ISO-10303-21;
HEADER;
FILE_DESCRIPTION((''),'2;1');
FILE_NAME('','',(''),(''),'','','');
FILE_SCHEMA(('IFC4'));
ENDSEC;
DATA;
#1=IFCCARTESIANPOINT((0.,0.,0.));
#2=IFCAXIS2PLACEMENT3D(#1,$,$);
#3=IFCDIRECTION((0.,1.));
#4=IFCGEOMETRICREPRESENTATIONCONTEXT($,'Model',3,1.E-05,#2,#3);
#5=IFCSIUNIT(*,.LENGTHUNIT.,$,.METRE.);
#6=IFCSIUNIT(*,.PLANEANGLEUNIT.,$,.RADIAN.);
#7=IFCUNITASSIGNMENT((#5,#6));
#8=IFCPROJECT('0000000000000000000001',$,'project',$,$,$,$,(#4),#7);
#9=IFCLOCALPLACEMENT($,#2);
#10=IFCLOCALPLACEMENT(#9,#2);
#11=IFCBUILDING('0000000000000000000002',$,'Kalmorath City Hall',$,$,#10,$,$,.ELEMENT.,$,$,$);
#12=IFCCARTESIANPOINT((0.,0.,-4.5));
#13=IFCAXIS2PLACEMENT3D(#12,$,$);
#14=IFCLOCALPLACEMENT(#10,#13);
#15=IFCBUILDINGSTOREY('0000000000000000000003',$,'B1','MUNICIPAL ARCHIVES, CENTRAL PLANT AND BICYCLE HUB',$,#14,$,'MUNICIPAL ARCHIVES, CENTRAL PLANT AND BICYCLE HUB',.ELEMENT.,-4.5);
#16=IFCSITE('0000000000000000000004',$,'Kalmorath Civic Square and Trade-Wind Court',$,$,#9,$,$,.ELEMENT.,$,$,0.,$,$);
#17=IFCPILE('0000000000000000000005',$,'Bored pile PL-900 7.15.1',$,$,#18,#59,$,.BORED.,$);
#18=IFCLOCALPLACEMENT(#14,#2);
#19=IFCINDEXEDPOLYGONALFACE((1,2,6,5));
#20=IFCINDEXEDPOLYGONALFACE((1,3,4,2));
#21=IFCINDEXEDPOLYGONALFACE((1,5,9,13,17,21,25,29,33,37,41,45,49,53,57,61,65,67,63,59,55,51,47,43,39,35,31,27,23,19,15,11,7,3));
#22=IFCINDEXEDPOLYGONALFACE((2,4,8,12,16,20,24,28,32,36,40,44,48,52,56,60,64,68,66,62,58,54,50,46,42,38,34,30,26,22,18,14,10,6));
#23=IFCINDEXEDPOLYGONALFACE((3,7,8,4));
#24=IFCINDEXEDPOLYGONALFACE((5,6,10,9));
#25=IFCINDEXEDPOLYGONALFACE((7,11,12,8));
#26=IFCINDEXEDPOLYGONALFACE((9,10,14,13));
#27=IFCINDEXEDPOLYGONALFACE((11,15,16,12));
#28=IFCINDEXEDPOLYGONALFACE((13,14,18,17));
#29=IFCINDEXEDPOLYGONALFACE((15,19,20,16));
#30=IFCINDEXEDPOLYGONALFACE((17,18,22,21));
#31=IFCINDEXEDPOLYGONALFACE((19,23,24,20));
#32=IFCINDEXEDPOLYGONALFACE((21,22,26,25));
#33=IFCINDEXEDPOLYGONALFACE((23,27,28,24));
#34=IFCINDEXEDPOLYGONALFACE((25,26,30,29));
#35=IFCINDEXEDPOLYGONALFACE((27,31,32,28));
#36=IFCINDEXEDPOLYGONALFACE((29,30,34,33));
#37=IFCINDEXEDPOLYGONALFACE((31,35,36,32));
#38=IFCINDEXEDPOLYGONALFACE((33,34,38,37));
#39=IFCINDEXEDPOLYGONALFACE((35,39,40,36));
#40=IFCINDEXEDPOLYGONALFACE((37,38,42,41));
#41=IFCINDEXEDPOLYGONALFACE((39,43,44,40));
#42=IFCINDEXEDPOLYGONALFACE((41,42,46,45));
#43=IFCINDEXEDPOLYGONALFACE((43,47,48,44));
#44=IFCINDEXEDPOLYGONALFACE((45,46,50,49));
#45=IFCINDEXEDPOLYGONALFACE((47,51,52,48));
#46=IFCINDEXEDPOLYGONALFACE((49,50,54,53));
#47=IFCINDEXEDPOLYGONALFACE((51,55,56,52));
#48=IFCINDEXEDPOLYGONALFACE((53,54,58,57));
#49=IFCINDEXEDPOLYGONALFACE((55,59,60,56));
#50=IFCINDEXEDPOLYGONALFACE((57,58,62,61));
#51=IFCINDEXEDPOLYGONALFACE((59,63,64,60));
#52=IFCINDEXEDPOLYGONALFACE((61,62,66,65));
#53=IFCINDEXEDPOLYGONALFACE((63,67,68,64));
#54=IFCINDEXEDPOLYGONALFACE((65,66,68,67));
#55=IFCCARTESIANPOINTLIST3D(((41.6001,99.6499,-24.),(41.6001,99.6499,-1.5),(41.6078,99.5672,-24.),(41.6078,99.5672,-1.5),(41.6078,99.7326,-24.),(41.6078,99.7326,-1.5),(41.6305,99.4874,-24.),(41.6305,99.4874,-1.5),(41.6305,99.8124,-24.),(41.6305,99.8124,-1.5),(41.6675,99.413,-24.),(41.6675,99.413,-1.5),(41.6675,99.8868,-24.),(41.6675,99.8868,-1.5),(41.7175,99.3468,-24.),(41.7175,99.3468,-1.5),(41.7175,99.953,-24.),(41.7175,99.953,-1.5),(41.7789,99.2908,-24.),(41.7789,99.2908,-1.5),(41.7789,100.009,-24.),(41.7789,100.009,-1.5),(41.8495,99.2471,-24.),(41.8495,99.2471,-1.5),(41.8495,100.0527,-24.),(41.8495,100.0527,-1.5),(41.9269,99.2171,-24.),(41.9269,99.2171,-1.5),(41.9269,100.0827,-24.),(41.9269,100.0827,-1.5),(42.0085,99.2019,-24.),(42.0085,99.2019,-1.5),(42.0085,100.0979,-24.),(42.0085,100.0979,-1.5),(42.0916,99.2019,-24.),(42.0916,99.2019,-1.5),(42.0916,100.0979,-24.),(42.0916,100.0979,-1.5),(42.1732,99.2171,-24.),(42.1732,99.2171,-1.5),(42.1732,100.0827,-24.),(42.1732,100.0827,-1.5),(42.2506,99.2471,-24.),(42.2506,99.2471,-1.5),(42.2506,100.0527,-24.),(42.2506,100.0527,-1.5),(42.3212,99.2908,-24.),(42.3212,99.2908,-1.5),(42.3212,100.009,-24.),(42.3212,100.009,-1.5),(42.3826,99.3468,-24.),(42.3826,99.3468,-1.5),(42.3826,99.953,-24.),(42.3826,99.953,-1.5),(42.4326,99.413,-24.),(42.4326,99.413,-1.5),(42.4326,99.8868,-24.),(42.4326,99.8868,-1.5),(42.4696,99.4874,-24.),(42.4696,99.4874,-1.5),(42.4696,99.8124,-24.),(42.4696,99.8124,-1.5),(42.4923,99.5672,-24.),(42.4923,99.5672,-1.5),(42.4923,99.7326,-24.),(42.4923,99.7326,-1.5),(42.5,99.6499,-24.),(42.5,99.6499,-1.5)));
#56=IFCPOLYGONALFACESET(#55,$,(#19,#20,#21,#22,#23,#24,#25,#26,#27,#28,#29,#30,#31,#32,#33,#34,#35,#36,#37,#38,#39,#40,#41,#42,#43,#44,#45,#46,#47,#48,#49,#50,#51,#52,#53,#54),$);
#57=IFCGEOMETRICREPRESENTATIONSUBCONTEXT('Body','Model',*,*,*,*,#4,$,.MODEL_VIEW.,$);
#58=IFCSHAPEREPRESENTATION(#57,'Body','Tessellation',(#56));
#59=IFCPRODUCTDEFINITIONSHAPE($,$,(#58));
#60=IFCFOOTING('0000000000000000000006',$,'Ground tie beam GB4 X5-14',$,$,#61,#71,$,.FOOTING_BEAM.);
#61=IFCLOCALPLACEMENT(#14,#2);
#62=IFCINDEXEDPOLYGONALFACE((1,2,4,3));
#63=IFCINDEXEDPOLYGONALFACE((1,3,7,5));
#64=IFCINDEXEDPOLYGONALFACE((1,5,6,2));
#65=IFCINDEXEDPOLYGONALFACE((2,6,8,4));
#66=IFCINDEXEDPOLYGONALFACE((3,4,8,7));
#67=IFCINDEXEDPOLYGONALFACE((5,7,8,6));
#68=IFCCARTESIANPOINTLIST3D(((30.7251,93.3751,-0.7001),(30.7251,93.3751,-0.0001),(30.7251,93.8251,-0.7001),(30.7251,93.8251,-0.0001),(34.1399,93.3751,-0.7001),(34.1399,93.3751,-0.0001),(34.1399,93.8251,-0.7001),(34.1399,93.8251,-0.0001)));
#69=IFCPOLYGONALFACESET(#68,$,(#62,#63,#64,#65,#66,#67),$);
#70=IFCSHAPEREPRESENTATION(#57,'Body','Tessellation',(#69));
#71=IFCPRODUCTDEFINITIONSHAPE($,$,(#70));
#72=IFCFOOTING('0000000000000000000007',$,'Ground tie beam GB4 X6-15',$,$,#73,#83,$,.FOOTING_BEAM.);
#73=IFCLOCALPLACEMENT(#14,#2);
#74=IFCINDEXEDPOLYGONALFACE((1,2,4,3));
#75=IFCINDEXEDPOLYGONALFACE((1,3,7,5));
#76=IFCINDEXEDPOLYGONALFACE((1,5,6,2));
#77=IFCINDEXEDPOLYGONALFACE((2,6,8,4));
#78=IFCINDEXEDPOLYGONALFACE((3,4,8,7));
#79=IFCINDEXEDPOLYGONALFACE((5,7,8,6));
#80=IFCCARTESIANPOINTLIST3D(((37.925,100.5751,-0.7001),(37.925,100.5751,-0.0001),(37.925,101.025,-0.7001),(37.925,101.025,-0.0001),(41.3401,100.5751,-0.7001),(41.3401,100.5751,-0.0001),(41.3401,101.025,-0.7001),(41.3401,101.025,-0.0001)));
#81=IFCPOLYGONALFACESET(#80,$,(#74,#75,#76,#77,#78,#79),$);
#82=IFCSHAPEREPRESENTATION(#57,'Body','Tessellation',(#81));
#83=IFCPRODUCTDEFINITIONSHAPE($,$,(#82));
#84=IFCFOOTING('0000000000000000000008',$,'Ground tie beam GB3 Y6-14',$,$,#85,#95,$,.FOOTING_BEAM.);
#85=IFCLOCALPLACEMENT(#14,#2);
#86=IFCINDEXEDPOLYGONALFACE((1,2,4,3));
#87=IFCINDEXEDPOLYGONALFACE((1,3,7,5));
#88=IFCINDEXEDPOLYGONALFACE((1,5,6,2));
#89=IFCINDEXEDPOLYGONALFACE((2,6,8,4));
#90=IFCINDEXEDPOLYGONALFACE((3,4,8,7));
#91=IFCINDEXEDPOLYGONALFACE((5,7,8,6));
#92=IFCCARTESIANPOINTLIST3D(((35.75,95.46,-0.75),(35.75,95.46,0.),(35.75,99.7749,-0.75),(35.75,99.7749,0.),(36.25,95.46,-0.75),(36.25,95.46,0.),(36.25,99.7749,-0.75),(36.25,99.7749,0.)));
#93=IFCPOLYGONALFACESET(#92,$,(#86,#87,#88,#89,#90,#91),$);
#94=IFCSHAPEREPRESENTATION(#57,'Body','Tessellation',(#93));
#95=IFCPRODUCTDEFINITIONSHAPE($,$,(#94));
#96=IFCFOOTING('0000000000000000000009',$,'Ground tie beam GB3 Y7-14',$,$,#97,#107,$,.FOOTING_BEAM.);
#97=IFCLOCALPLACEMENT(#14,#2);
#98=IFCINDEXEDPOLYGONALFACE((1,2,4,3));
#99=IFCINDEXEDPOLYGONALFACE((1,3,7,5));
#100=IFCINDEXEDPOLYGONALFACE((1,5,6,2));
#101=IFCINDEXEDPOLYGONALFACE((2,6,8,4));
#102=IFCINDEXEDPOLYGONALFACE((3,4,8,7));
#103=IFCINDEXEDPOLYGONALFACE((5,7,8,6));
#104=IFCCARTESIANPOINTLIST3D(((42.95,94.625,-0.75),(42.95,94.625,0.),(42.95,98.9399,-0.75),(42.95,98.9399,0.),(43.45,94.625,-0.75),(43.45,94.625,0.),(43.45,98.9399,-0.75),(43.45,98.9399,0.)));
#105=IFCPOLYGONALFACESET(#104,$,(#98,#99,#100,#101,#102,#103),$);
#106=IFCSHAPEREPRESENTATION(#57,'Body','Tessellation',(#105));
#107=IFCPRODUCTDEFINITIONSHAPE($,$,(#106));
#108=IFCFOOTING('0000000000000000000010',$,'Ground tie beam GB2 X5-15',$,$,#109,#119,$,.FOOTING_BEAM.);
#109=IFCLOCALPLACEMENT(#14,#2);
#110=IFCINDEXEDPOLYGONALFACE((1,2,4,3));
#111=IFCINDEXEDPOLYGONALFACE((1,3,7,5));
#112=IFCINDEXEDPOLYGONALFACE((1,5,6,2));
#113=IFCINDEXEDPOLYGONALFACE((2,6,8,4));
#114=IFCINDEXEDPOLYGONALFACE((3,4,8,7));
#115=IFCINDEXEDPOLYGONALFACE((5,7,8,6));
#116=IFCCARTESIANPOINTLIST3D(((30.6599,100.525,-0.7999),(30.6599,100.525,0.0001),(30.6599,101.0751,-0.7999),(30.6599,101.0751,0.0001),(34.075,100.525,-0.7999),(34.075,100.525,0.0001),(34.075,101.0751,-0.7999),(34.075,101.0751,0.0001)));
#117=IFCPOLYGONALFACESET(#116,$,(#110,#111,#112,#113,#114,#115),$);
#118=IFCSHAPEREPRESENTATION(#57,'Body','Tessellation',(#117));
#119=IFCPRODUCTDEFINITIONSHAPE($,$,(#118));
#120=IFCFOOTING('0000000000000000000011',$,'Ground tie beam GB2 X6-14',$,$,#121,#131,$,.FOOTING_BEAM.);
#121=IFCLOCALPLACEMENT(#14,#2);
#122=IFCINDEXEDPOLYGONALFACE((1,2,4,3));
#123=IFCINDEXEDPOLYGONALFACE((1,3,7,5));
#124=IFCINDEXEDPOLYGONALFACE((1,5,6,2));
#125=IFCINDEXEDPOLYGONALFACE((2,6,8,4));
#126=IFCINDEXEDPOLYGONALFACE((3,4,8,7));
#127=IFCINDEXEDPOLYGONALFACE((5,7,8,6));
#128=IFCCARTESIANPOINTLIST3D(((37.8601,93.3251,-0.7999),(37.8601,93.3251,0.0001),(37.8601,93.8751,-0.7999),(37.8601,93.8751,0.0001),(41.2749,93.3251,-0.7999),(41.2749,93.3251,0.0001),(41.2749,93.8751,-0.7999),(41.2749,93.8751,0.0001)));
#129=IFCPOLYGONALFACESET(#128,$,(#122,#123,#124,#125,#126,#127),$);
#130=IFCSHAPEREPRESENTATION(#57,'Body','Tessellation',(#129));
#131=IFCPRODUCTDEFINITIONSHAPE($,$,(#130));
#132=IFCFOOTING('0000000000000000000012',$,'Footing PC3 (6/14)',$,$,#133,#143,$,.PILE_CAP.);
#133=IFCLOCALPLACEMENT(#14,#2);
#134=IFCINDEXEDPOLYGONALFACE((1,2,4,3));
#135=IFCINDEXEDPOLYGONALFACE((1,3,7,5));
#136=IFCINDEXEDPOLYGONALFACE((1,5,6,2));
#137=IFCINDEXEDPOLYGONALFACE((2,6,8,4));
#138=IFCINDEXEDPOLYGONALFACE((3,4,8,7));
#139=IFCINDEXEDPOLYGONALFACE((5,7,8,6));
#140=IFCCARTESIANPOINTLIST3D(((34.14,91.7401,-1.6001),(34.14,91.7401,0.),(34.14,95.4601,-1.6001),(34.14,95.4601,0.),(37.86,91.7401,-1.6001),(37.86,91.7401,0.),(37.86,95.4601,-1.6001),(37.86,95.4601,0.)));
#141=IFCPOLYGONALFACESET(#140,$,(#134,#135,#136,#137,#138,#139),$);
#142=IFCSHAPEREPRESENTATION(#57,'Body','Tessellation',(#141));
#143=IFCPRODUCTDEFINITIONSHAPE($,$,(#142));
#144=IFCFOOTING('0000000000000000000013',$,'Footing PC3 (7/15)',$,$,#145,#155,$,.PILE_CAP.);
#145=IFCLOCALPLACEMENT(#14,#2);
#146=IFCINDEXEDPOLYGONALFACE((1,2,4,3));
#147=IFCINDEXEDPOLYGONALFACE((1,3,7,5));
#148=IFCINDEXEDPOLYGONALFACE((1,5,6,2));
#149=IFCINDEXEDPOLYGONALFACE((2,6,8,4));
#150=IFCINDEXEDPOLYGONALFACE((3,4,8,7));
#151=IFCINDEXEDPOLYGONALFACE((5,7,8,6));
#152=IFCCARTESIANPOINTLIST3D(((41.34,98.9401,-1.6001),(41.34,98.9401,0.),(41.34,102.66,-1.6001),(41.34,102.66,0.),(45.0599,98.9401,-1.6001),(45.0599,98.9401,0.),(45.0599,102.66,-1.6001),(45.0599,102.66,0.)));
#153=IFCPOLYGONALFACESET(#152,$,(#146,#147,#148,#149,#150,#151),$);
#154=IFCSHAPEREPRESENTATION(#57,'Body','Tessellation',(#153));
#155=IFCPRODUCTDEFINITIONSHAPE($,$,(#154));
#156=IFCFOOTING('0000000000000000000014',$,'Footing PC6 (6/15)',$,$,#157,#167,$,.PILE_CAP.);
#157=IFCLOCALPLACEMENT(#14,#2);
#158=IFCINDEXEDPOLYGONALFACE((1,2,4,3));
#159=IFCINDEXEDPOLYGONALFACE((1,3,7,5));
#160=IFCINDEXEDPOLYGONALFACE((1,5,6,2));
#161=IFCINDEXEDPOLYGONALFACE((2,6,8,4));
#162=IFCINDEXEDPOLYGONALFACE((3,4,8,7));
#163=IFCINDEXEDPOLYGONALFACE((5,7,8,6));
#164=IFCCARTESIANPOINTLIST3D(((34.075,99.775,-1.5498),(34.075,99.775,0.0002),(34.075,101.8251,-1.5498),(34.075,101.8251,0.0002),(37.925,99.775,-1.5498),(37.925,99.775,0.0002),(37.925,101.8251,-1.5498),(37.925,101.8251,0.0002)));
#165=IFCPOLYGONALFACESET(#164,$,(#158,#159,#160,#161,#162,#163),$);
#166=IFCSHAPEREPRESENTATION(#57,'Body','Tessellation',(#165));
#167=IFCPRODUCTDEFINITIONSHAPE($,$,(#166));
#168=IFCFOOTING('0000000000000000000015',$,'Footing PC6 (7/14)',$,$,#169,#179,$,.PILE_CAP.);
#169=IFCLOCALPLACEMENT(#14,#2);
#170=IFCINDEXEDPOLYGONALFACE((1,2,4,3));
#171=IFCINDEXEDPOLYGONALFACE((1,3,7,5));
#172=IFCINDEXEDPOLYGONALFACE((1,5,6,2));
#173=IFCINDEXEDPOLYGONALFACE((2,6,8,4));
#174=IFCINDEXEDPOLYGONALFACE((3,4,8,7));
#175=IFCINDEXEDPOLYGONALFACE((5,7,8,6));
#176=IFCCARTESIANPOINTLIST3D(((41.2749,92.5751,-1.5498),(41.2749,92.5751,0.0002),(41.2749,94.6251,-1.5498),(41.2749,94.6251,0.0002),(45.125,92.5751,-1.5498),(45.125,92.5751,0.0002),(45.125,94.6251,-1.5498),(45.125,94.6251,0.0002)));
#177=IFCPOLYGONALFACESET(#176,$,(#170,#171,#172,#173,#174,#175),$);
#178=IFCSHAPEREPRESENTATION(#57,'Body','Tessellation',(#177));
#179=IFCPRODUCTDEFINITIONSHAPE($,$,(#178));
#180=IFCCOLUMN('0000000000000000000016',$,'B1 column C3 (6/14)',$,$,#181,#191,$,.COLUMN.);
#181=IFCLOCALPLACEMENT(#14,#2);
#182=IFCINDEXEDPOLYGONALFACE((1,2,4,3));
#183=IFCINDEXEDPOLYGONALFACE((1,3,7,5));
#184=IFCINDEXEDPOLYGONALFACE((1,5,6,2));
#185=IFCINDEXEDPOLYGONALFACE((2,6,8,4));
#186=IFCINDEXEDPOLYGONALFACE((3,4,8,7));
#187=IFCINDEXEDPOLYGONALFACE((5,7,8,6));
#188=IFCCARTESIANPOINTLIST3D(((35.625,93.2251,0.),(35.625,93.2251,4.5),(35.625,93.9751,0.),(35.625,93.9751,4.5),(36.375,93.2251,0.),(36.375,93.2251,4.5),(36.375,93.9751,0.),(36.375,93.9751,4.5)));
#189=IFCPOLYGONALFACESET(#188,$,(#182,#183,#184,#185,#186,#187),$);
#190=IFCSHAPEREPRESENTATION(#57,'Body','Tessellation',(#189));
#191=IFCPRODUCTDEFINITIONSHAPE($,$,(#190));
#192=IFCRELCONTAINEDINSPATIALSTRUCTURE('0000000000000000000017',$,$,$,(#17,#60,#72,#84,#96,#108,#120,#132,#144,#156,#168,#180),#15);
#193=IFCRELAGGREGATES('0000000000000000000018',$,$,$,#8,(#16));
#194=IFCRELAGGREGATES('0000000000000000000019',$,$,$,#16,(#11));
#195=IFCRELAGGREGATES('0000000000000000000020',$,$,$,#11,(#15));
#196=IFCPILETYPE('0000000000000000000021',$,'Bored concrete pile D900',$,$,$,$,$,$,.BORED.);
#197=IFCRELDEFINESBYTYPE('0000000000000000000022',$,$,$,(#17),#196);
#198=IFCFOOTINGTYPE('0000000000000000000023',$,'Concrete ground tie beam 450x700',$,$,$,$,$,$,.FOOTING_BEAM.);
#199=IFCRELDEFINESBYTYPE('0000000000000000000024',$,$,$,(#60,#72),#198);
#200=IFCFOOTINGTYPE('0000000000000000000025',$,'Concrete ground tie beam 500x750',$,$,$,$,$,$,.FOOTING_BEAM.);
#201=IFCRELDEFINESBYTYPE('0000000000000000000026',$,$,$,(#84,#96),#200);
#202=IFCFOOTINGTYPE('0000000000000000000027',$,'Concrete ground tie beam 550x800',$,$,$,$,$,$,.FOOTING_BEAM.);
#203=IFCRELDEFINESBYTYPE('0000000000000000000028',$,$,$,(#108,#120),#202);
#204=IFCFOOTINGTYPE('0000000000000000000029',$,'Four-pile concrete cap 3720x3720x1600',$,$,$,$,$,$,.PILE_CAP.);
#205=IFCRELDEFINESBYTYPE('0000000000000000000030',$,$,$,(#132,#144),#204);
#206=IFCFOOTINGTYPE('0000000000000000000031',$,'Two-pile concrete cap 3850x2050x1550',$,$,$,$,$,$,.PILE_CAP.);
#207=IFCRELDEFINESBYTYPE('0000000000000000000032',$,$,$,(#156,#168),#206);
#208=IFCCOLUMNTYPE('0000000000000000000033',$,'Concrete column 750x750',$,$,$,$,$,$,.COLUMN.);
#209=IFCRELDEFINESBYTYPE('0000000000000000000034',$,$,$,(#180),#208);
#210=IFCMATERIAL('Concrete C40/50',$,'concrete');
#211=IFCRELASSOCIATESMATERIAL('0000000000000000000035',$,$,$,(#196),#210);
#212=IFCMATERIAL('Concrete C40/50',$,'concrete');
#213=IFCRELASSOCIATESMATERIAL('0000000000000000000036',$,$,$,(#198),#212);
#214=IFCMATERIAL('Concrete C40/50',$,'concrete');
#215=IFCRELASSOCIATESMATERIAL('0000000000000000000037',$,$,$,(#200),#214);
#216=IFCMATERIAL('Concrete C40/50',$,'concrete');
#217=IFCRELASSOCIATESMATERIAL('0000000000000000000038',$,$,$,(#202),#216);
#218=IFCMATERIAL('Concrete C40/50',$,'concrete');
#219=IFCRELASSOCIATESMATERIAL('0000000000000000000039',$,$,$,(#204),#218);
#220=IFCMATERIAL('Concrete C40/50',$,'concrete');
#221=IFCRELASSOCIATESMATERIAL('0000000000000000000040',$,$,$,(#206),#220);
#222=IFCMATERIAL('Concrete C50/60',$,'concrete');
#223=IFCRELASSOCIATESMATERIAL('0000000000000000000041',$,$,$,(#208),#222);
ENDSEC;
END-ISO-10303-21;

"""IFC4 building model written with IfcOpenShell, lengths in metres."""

from ifc_helpers import new_model, si_unit, direction, frame, origin, origin_2d, place, context, subcontext, project, spatial, rectangle, circle, extrude, material, material_profile, profile_set, type_object, element, save


model = new_model("IFC4")

# Units and contexts
model_context = context("Model", 3, precision=1e-05, world=origin(), true_north=direction((0.0, 1.0)))
body_context = subcontext(model_context, "Body", "Model", "MODEL_VIEW")
ifc_project = project(units=[si_unit("LENGTHUNIT", "METRE"), si_unit("PLANEANGLEUNIT", "RADIAN")], contexts=[model_context])

# Site, building, storey
site_placement = place(None, origin())
site = spatial("IfcSite", under=ifc_project, at=site_placement, Name="Kalmorath Civic Square and Trade-Wind Court", CompositionType="ELEMENT", RefElevation=0.0)
building_placement = place(site_placement, origin())
building = spatial("IfcBuilding", under=site, at=building_placement, Name="Kalmorath City Hall", CompositionType="ELEMENT")
storey_placement = place(building_placement, frame((0.0, 0.0, -4.5)))
storey = spatial("IfcBuildingStorey", under=building, at=storey_placement, Name="B1", Description="MUNICIPAL ARCHIVES, CENTRAL PLANT AND BICYCLE HUB", LongName="MUNICIPAL ARCHIVES, CENTRAL PLANT AND BICYCLE HUB", CompositionType="ELEMENT", Elevation=-4.5)

# Pile
ifc_material_1 = material(Name="Concrete C40/50", Category="concrete")
ifc_material_profile_1 = material_profile(ifc_material_1, circle(Radius=0.45, at=origin_2d()), Name="PILE-D900")
ifc_profile_set_1 = profile_set([ifc_material_profile_1], Name="Concrete C40/50")
pile_type = type_object("IfcPileType", Name="Bored concrete pile D900", PredefinedType="BORED", material=ifc_profile_set_1)
pile_1_placement = place(storey_placement, frame((42.05, 99.6499, -1.5), z_axis=(0.0, 0.0, -1.0), x_axis=(1.0, 0.0, 0.0)))
element("IfcPile", 1, at=pile_1_placement, inside=storey, type_object=pile_type, Name="Bored pile PL-900 7.15.1", PredefinedType="BORED", context=body_context, shape_type="SweptSolid", body=[
    extrude(circle(Radius=0.45, at=origin_2d()), origin(), (0.0, 0.0, 1.0), 22.5),
])

# Footings
ifc_material_2 = material(Name="Concrete C40/50", Category="concrete")
ifc_material_profile_2 = material_profile(ifc_material_2, rectangle(XDim=0.45, YDim=0.7, at=origin_2d()), Name="RC-BM-450X700")
ifc_profile_set_2 = profile_set([ifc_material_profile_2], Name="Concrete C40/50")
footing_type_1 = type_object("IfcFootingType", Name="Concrete ground tie beam 450x700", PredefinedType="FOOTING_BEAM", material=ifc_profile_set_2)
footing_1_placement = place(storey_placement, frame((30.7251, 93.6001, -0.3501), z_axis=(1.0, 0.0, 0.0), x_axis=(0.0, 1.0, 0.0)))
element("IfcFooting", 2, at=footing_1_placement, inside=storey, type_object=footing_type_1, Name="Ground tie beam GB4 X5-14", PredefinedType="FOOTING_BEAM", context=body_context, shape_type="SweptSolid", body=[
    extrude(rectangle(XDim=0.45, YDim=0.7, at=origin_2d()), origin(), (0.0, 0.0, 1.0), 3.4148),
])
footing_2_placement = place(storey_placement, frame((37.925, 100.8, -0.3501), z_axis=(1.0, 0.0, 0.0), x_axis=(0.0, 1.0, 0.0)))
element("IfcFooting", 3, at=footing_2_placement, inside=storey, type_object=footing_type_1, Name="Ground tie beam GB4 X6-15", PredefinedType="FOOTING_BEAM", context=body_context, shape_type="SweptSolid", body=[
    extrude(rectangle(XDim=0.45, YDim=0.7, at=origin_2d()), origin(), (0.0, 0.0, 1.0), 3.415),
])
ifc_material_3 = material(Name="Concrete C40/50", Category="concrete")
ifc_material_profile_3 = material_profile(ifc_material_3, rectangle(XDim=0.5, YDim=0.75, at=origin_2d()), Name="RC-BM-500X750")
ifc_profile_set_3 = profile_set([ifc_material_profile_3], Name="Concrete C40/50")
footing_type_2 = type_object("IfcFootingType", Name="Concrete ground tie beam 500x750", PredefinedType="FOOTING_BEAM", material=ifc_profile_set_3)
for number, where, z_axis, x_axis, name in (
    (4, (36.0, 95.46, -0.375), (0.0, 1.0, 0.0), (-1.0, 0.0, 0.0), "Ground tie beam GB3 Y6-14"),
    (5, (43.2, 94.625, -0.375), (0.0, 1.0, 0.0), (-1.0, 0.0, 0.0), "Ground tie beam GB3 Y7-14"),
):
    element("IfcFooting", number, at=place(storey_placement, frame(where, z_axis=z_axis, x_axis=x_axis)), inside=storey, type_object=footing_type_2, Name=name, PredefinedType="FOOTING_BEAM", context=body_context, shape_type="SweptSolid", body=[
        extrude(rectangle(XDim=0.5, YDim=0.75, at=origin_2d()), origin(), (0.0, 0.0, 1.0), 4.3149),
    ])
ifc_material_4 = material(Name="Concrete C40/50", Category="concrete")
ifc_material_profile_4 = material_profile(ifc_material_4, rectangle(XDim=0.55, YDim=0.8, at=origin_2d()), Name="RC-BM-550X800")
ifc_profile_set_4 = profile_set([ifc_material_profile_4], Name="Concrete C40/50")
footing_type_3 = type_object("IfcFootingType", Name="Concrete ground tie beam 550x800", PredefinedType="FOOTING_BEAM", material=ifc_profile_set_4)
footing_3_placement = place(storey_placement, frame((30.6599, 100.8, -0.3999), z_axis=(1.0, 0.0, 0.0), x_axis=(0.0, 1.0, 0.0)))
element("IfcFooting", 6, at=footing_3_placement, inside=storey, type_object=footing_type_3, Name="Ground tie beam GB2 X5-15", PredefinedType="FOOTING_BEAM", context=body_context, shape_type="SweptSolid", body=[
    extrude(rectangle(XDim=0.55, YDim=0.8, at=origin_2d()), origin(), (0.0, 0.0, 1.0), 3.415),
])
footing_4_placement = place(storey_placement, frame((37.8601, 93.6001, -0.3999), z_axis=(1.0, 0.0, 0.0), x_axis=(0.0, 1.0, 0.0)))
element("IfcFooting", 7, at=footing_4_placement, inside=storey, type_object=footing_type_3, Name="Ground tie beam GB2 X6-14", PredefinedType="FOOTING_BEAM", context=body_context, shape_type="SweptSolid", body=[
    extrude(rectangle(XDim=0.55, YDim=0.8, at=origin_2d()), origin(), (0.0, 0.0, 1.0), 3.4148),
])
ifc_material_5 = material(Name="Concrete C40/50", Category="concrete")
footing_type_4 = type_object("IfcFootingType", Name="Four-pile concrete cap 3720x3720x1600", PredefinedType="PILE_CAP", material=ifc_material_5)
for number, where, z_axis, x_axis, name in (
    (8, (36.0, 93.6001, -1.6001), (0.0, 0.0, 1.0), (1.0, 0.0, 0.0), "Footing PC3 (6/14)"),
    (9, (43.2, 100.8, -1.6001), (0.0, 0.0, 1.0), (1.0, 0.0, 0.0), "Footing PC3 (7/15)"),
):
    element("IfcFooting", number, at=place(storey_placement, frame(where, z_axis=z_axis, x_axis=x_axis)), inside=storey, type_object=footing_type_4, Name=name, PredefinedType="PILE_CAP", context=body_context, shape_type="SweptSolid", body=[
        extrude(rectangle(XDim=3.72, YDim=3.72, at=origin_2d()), origin(), (0.0, 0.0, 1.0), 1.6001),
    ])
ifc_material_6 = material(Name="Concrete C40/50", Category="concrete")
footing_type_5 = type_object("IfcFootingType", Name="Two-pile concrete cap 3850x2050x1550", PredefinedType="PILE_CAP", material=ifc_material_6)
for number, where, z_axis, x_axis, name in (
    (10, (36.0, 100.8, -1.5498), (0.0, 0.0, 1.0), (1.0, 0.0, 0.0), "Footing PC6 (6/15)"),
    (11, (43.2, 93.6001, -1.5498), (0.0, 0.0, 1.0), (1.0, 0.0, 0.0), "Footing PC6 (7/14)"),
):
    element("IfcFooting", number, at=place(storey_placement, frame(where, z_axis=z_axis, x_axis=x_axis)), inside=storey, type_object=footing_type_5, Name=name, PredefinedType="PILE_CAP", context=body_context, shape_type="SweptSolid", body=[
        extrude(rectangle(XDim=3.8501, YDim=2.05, at=origin_2d()), origin(), (0.0, 0.0, 1.0), 1.55),
    ])

# Column
ifc_material_7 = material(Name="Concrete C50/60", Category="concrete")
ifc_material_profile_5 = material_profile(ifc_material_7, rectangle(XDim=0.75, YDim=0.75, at=origin_2d()), Name="RC-COL-750X750")
ifc_profile_set_5 = profile_set([ifc_material_profile_5], Name="Concrete C50/60")
column_type = type_object("IfcColumnType", Name="Concrete column 750x750", PredefinedType="COLUMN", material=ifc_profile_set_5)
for number, where, z_axis, x_axis, name in (
    (12, (36.0, 93.6001, 0.0), (0.0, 0.0, 1.0), (1.0, 0.0, 0.0), "B1 column C3 (6/14)"),
):
    element("IfcColumn", number, at=place(storey_placement, frame(where, z_axis=z_axis, x_axis=x_axis)), inside=storey, type_object=column_type, Name=name, PredefinedType="COLUMN", context=body_context, shape_type="SweptSolid", body=[
        extrude(rectangle(XDim=0.75, YDim=0.75, at=origin_2d()), origin(), (0.0, 0.0, 1.0), 4.5),
    ])

save(model, "model.ifc")
